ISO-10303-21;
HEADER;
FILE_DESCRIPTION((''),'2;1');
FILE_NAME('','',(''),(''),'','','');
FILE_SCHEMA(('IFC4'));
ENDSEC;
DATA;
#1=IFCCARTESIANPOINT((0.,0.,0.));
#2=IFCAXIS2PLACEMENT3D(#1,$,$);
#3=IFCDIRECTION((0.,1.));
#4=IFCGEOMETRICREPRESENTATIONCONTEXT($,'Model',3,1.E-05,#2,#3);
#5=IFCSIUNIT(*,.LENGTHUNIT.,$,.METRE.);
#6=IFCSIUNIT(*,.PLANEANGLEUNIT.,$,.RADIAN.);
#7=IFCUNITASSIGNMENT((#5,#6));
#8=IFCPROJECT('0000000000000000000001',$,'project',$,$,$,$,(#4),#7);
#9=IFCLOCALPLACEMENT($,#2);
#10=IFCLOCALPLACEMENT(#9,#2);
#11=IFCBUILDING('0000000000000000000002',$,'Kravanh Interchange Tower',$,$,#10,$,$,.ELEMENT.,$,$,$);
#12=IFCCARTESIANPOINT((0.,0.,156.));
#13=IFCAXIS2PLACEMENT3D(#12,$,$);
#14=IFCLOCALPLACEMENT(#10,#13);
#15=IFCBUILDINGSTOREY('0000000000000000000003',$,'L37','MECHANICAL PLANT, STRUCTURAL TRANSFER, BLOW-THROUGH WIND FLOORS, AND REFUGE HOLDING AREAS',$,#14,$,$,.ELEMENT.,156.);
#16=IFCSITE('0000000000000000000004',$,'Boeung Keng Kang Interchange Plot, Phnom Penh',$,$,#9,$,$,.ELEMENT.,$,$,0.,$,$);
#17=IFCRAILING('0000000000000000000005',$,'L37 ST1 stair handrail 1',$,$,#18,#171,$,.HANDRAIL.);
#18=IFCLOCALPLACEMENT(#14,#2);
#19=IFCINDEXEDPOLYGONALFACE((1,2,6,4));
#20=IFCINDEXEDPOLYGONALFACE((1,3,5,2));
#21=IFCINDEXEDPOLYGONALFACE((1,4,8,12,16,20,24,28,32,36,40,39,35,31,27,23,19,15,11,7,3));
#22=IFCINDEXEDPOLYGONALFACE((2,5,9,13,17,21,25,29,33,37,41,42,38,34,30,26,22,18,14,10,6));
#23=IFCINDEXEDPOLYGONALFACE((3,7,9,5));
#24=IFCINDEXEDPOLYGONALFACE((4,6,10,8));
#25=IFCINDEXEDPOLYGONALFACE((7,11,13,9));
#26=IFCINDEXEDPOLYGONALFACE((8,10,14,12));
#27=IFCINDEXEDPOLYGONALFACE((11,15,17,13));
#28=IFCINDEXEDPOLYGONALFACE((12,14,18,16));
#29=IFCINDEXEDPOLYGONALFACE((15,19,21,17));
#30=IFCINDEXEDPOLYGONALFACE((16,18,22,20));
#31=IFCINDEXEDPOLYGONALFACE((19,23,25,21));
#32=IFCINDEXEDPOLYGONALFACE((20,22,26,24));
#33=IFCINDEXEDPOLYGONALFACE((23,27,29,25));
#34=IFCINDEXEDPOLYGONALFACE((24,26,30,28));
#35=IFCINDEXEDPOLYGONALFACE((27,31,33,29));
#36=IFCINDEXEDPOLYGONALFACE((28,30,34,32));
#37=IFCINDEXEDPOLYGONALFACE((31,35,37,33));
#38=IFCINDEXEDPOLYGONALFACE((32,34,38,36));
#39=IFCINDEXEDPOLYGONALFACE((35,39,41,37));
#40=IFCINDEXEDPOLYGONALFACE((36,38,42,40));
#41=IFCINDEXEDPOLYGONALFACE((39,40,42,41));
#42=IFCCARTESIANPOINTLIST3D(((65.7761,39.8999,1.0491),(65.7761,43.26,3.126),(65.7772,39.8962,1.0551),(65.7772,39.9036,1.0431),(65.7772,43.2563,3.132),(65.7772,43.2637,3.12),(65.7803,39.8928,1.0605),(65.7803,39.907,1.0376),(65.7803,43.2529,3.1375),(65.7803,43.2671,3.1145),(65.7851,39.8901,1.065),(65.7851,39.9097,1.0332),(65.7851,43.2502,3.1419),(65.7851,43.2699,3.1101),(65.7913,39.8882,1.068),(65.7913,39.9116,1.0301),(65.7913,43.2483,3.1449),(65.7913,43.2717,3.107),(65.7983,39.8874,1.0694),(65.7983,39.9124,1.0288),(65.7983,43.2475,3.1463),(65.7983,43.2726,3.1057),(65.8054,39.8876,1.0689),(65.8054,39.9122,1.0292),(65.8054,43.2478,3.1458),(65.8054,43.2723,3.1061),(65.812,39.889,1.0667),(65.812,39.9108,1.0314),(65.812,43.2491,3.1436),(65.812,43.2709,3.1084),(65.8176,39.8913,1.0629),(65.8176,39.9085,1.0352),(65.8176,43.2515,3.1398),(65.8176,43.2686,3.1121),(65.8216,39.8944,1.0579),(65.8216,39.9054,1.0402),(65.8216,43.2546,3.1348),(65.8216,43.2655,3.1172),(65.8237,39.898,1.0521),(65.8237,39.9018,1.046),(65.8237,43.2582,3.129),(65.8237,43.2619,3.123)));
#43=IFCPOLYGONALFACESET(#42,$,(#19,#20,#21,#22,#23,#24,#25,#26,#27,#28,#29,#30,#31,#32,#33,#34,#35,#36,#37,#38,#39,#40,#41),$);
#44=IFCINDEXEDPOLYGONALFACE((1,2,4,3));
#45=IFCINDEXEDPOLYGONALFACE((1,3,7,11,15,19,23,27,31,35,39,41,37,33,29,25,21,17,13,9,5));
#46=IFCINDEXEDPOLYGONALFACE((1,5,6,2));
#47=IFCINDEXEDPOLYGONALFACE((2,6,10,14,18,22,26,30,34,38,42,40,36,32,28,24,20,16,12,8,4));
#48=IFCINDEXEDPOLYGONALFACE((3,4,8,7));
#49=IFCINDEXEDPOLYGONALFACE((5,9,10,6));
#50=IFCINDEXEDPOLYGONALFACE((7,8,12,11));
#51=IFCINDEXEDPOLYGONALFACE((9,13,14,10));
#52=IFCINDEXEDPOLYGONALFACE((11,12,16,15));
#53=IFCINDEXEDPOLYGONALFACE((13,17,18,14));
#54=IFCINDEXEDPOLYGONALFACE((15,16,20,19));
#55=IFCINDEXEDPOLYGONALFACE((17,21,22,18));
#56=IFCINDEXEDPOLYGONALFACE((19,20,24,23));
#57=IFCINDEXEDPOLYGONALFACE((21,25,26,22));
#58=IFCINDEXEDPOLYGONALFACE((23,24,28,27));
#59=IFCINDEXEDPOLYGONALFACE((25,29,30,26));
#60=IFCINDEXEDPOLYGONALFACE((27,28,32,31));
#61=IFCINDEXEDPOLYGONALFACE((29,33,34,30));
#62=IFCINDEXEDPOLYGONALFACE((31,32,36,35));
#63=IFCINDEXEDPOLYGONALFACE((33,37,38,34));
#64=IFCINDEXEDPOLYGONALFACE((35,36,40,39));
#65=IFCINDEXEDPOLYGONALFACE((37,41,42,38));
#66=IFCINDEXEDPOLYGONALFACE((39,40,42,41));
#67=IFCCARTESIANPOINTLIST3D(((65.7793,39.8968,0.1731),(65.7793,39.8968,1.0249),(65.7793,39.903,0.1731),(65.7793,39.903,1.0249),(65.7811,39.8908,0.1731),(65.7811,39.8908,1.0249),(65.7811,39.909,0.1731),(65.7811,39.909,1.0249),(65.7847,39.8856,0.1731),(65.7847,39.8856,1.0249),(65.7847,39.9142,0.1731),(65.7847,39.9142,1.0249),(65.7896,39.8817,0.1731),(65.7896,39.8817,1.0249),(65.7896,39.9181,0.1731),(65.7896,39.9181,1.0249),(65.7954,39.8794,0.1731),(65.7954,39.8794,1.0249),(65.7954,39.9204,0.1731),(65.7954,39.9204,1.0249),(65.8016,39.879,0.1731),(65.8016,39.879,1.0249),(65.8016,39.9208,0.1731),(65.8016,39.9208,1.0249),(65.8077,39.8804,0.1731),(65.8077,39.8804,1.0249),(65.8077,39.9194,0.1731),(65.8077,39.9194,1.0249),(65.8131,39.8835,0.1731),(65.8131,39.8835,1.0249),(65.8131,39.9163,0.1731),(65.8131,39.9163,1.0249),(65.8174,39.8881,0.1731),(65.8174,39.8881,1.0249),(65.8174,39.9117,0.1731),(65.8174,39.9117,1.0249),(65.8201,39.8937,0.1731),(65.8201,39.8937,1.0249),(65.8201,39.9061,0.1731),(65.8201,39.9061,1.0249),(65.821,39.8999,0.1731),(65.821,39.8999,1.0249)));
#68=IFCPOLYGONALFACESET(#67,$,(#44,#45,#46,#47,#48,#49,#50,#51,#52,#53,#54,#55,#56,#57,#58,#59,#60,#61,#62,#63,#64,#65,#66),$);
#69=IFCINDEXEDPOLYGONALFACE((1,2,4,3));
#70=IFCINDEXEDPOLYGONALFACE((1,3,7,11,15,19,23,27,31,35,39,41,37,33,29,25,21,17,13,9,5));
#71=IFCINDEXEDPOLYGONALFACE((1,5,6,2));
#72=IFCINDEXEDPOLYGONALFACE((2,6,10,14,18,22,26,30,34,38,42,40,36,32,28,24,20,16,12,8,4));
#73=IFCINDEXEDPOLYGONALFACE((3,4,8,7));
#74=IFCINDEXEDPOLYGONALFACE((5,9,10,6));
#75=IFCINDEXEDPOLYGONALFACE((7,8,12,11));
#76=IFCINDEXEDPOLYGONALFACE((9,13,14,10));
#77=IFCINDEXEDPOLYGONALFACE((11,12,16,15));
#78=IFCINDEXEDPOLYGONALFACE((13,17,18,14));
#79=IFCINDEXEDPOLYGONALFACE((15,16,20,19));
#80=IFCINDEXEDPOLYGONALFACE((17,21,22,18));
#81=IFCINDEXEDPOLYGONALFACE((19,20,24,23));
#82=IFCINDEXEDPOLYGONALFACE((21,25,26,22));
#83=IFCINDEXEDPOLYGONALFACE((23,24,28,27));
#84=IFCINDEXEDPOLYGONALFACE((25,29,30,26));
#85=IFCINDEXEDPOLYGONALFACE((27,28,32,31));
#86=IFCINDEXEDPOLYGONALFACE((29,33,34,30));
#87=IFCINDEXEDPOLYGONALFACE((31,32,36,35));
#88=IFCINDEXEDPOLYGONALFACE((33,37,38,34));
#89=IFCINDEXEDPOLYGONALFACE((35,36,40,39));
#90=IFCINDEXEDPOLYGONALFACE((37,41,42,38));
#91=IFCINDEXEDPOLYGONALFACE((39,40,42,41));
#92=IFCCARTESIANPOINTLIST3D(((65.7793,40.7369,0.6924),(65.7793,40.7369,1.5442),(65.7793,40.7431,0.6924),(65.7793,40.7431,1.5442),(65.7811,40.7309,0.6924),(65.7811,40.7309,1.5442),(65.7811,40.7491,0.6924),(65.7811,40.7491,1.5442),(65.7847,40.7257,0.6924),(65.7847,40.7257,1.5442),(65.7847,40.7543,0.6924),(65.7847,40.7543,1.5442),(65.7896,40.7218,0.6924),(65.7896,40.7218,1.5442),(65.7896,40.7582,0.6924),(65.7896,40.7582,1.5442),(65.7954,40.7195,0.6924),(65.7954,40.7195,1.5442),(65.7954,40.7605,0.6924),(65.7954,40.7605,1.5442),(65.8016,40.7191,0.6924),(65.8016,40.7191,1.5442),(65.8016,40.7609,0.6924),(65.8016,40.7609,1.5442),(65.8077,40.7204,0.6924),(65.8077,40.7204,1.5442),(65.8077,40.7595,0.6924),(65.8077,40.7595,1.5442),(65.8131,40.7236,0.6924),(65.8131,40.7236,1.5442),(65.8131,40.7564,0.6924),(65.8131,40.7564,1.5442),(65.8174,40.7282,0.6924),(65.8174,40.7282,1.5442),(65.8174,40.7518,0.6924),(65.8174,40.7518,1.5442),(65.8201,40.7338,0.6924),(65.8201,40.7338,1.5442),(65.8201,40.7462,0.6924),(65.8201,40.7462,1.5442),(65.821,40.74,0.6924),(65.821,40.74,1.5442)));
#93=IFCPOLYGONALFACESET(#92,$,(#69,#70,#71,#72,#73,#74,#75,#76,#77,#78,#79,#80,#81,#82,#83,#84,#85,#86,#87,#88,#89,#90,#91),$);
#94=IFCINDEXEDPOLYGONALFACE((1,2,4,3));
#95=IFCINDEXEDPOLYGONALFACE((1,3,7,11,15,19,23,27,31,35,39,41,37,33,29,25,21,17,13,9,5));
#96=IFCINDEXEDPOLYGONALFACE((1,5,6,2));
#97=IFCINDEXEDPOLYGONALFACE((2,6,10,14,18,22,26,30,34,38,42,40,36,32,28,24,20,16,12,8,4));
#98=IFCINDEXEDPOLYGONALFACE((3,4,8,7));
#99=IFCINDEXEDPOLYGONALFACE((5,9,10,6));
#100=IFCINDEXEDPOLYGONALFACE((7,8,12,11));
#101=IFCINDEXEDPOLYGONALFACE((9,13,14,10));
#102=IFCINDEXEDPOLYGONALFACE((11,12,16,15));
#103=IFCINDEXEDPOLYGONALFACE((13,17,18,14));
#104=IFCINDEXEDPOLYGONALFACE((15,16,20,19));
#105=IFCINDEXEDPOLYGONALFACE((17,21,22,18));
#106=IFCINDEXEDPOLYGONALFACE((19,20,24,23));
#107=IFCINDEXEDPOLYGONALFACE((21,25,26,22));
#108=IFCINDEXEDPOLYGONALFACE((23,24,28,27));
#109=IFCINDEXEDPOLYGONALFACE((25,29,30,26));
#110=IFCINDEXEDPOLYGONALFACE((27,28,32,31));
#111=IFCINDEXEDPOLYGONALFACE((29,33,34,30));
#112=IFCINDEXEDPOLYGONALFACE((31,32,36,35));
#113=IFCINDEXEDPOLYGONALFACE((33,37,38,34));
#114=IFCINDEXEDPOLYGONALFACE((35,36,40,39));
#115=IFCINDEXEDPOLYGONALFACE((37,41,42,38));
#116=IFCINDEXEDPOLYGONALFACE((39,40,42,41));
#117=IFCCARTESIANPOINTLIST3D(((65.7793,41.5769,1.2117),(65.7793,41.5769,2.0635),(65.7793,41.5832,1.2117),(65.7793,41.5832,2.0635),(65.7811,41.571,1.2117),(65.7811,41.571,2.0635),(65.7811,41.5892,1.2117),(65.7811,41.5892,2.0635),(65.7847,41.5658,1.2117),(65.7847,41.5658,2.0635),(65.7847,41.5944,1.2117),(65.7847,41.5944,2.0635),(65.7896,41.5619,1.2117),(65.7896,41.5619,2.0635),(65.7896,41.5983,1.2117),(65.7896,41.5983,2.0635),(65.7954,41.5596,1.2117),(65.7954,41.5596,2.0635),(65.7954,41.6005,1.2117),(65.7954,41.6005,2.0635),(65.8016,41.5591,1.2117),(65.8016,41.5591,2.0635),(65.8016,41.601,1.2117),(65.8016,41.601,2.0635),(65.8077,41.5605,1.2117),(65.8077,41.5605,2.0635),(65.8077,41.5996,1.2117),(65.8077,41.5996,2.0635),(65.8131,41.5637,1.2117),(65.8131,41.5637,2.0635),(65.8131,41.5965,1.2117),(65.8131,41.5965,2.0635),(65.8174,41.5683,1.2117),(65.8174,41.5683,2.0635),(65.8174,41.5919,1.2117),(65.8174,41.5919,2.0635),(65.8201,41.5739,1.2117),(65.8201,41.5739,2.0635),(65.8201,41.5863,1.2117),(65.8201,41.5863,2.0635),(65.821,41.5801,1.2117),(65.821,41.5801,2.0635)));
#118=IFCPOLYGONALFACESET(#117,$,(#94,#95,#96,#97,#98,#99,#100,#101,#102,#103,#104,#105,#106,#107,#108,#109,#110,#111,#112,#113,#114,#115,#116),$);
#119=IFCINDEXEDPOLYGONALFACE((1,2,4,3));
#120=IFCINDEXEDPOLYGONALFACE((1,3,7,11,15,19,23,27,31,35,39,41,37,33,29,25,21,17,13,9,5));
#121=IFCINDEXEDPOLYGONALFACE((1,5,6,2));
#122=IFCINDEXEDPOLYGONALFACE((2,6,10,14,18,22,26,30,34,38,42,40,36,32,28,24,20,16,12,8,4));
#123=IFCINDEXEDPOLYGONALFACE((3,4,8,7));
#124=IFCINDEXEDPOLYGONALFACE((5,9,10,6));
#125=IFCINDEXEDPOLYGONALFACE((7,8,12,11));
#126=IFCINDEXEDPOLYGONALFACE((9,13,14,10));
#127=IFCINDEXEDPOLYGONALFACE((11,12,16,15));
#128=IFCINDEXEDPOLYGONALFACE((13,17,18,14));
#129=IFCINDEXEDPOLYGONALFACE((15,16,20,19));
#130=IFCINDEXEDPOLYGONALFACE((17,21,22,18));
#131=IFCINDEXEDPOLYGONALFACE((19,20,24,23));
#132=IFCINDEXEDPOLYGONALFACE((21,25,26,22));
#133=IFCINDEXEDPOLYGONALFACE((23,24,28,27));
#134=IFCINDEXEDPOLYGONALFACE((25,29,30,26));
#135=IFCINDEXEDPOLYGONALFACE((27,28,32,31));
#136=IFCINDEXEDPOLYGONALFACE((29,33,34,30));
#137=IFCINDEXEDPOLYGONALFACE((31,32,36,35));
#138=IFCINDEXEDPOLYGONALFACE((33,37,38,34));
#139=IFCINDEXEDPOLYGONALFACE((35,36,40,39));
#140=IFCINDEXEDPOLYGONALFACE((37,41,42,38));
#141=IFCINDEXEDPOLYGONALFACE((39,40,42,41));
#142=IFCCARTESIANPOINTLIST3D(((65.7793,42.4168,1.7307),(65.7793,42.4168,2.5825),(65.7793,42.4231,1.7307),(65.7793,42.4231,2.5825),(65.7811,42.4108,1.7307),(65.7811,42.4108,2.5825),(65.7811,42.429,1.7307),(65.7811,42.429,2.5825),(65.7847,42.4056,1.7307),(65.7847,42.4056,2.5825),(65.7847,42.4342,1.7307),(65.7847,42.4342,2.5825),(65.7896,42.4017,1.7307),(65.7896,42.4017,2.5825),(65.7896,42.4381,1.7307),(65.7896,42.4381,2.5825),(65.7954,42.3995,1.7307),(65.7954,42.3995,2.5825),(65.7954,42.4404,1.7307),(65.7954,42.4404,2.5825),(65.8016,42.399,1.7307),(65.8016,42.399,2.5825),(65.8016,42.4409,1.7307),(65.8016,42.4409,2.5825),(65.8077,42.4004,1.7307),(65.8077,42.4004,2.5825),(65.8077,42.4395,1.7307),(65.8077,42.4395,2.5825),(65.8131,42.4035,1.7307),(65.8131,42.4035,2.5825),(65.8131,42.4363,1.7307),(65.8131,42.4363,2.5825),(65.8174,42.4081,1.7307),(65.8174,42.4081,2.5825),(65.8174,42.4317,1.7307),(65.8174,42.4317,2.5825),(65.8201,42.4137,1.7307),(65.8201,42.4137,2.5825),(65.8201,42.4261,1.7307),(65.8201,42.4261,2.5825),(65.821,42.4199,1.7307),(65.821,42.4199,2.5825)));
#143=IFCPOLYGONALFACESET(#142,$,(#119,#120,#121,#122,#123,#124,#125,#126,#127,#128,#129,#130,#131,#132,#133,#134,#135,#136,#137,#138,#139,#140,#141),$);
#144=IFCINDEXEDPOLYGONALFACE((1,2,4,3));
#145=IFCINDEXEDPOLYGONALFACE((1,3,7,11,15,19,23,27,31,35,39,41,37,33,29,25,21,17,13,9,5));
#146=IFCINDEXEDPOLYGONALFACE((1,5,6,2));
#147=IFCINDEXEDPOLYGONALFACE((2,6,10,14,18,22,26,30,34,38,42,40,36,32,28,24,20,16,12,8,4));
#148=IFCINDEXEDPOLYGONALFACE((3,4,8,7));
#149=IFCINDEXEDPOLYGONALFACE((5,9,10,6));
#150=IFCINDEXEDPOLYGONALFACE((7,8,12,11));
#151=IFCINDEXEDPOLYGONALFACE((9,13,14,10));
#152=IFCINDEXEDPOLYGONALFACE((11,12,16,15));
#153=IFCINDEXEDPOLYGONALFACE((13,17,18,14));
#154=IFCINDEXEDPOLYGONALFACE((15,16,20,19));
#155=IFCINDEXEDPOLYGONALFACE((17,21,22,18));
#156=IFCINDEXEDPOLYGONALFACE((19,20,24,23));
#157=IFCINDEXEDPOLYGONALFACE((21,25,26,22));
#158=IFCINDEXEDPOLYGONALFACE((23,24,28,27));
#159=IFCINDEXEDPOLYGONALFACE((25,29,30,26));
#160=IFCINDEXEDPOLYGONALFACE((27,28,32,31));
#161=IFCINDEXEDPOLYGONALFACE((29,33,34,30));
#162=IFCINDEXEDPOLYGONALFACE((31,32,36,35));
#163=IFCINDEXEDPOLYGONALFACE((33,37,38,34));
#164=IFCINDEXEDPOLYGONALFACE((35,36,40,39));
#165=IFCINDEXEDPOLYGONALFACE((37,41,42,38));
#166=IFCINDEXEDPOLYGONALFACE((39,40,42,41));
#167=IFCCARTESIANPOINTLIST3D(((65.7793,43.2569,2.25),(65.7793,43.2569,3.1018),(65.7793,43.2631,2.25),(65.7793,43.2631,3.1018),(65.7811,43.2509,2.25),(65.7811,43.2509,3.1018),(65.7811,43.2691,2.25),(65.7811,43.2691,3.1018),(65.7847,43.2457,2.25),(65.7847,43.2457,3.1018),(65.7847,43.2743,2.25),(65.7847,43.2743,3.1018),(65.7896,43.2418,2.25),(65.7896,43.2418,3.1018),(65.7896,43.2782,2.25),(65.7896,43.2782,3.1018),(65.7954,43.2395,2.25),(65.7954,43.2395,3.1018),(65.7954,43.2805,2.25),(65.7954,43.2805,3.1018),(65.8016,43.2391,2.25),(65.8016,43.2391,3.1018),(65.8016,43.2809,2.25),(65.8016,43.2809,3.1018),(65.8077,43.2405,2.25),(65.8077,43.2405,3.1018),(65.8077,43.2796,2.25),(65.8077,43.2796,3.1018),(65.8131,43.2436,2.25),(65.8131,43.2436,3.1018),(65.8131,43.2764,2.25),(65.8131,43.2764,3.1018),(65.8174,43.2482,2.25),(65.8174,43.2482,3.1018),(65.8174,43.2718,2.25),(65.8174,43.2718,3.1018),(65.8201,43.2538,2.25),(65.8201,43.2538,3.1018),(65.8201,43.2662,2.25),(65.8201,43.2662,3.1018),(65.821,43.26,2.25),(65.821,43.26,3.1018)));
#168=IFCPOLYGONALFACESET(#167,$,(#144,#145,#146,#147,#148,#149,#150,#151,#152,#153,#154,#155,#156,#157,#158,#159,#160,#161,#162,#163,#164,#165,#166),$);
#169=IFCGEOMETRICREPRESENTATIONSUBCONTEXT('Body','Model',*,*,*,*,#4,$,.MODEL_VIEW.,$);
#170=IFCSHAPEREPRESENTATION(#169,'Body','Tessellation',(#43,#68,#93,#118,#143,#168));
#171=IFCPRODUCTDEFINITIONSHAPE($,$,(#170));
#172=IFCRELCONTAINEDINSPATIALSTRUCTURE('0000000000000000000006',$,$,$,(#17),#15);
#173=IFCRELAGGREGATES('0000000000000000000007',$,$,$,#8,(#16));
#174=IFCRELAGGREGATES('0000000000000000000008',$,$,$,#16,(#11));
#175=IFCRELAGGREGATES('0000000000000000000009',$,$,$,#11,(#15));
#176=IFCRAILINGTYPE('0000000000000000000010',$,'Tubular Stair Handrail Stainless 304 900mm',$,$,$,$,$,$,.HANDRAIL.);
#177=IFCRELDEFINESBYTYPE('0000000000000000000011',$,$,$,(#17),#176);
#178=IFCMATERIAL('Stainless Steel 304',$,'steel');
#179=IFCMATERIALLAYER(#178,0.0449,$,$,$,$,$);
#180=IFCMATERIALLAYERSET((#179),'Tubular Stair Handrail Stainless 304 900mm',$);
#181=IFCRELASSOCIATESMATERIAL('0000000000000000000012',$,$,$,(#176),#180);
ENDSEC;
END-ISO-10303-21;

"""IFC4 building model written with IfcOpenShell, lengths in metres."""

from ifc_helpers import new_model, si_unit, direction, frame, origin, origin_2d, place, context, subcontext, project, spatial, circle, extrude, material, layer, layer_set, type_object, element, save


model = new_model("IFC4")

# Units and contexts
model_context = context("Model", 3, precision=1e-05, world=origin(), true_north=direction((0.0, 1.0)))
body_context = subcontext(model_context, "Body", "Model", "MODEL_VIEW")
ifc_project = project(units=[si_unit("LENGTHUNIT", "METRE"), si_unit("PLANEANGLEUNIT", "RADIAN")], contexts=[model_context])

# Site, building, storey
site_placement = place(None, origin())
site = spatial("IfcSite", under=ifc_project, at=site_placement, Name="Boeung Keng Kang Interchange Plot, Phnom Penh", CompositionType="ELEMENT", RefElevation=0.0)
building_placement = place(site_placement, origin())
building = spatial("IfcBuilding", under=site, at=building_placement, Name="Kravanh Interchange Tower", CompositionType="ELEMENT")
storey_placement = place(building_placement, frame((0.0, 0.0, 156.0)))
storey = spatial("IfcBuildingStorey", under=building, at=storey_placement, Name="L37", Description="MECHANICAL PLANT, STRUCTURAL TRANSFER, BLOW-THROUGH WIND FLOORS, AND REFUGE HOLDING AREAS", CompositionType="ELEMENT", Elevation=156.0)

# Railing
ifc_material_1 = material(Name="Stainless Steel 304", Category="steel")
ifc_layer_1 = layer(ifc_material_1, 0.0449)
ifc_layer_set_1 = layer_set([ifc_layer_1], Name="Tubular Stair Handrail Stainless 304 900mm")
railing_type_1 = type_object("IfcRailingType", Name="Tubular Stair Handrail Stainless 304 900mm", PredefinedType="HANDRAIL", material=ifc_layer_set_1)
railing_1_placement = place(storey_placement, frame((65.8, 39.8999, 0.1731)))
element("IfcRailing", 1, at=railing_1_placement, inside=storey, type_object=railing_type_1, Name="L37 ST1 stair handrail 1", PredefinedType="HANDRAIL", context=body_context, shape_type="SweptSolid", body=[
    extrude(circle(Radius=0.0239, at=origin_2d()), frame((0.0, 0.0, 0.876), z_axis=(0.0, 0.850623, 0.525776), x_axis=(-1.0, 0.0, 0.0)), (0.0, 0.0, 1.0), 3.9502),
    extrude(circle(Radius=0.021, at=origin_2d()), origin(), (0.0, 0.0, 1.0), 0.8518),
    extrude(circle(Radius=0.021, at=origin_2d()), frame((0.0, 0.8401, 0.5193)), (0.0, 0.0, 1.0), 0.8518),
    extrude(circle(Radius=0.021, at=origin_2d()), frame((0.0, 1.6802, 1.0386)), (0.0, 0.0, 1.0), 0.8518),
    extrude(circle(Radius=0.021, at=origin_2d()), frame((0.0, 2.52, 1.5576)), (0.0, 0.0, 1.0), 0.8518),
    extrude(circle(Radius=0.021, at=origin_2d()), frame((0.0, 3.3601, 2.0769)), (0.0, 0.0, 1.0), 0.8518),
])

save(model, "model.ifc")
